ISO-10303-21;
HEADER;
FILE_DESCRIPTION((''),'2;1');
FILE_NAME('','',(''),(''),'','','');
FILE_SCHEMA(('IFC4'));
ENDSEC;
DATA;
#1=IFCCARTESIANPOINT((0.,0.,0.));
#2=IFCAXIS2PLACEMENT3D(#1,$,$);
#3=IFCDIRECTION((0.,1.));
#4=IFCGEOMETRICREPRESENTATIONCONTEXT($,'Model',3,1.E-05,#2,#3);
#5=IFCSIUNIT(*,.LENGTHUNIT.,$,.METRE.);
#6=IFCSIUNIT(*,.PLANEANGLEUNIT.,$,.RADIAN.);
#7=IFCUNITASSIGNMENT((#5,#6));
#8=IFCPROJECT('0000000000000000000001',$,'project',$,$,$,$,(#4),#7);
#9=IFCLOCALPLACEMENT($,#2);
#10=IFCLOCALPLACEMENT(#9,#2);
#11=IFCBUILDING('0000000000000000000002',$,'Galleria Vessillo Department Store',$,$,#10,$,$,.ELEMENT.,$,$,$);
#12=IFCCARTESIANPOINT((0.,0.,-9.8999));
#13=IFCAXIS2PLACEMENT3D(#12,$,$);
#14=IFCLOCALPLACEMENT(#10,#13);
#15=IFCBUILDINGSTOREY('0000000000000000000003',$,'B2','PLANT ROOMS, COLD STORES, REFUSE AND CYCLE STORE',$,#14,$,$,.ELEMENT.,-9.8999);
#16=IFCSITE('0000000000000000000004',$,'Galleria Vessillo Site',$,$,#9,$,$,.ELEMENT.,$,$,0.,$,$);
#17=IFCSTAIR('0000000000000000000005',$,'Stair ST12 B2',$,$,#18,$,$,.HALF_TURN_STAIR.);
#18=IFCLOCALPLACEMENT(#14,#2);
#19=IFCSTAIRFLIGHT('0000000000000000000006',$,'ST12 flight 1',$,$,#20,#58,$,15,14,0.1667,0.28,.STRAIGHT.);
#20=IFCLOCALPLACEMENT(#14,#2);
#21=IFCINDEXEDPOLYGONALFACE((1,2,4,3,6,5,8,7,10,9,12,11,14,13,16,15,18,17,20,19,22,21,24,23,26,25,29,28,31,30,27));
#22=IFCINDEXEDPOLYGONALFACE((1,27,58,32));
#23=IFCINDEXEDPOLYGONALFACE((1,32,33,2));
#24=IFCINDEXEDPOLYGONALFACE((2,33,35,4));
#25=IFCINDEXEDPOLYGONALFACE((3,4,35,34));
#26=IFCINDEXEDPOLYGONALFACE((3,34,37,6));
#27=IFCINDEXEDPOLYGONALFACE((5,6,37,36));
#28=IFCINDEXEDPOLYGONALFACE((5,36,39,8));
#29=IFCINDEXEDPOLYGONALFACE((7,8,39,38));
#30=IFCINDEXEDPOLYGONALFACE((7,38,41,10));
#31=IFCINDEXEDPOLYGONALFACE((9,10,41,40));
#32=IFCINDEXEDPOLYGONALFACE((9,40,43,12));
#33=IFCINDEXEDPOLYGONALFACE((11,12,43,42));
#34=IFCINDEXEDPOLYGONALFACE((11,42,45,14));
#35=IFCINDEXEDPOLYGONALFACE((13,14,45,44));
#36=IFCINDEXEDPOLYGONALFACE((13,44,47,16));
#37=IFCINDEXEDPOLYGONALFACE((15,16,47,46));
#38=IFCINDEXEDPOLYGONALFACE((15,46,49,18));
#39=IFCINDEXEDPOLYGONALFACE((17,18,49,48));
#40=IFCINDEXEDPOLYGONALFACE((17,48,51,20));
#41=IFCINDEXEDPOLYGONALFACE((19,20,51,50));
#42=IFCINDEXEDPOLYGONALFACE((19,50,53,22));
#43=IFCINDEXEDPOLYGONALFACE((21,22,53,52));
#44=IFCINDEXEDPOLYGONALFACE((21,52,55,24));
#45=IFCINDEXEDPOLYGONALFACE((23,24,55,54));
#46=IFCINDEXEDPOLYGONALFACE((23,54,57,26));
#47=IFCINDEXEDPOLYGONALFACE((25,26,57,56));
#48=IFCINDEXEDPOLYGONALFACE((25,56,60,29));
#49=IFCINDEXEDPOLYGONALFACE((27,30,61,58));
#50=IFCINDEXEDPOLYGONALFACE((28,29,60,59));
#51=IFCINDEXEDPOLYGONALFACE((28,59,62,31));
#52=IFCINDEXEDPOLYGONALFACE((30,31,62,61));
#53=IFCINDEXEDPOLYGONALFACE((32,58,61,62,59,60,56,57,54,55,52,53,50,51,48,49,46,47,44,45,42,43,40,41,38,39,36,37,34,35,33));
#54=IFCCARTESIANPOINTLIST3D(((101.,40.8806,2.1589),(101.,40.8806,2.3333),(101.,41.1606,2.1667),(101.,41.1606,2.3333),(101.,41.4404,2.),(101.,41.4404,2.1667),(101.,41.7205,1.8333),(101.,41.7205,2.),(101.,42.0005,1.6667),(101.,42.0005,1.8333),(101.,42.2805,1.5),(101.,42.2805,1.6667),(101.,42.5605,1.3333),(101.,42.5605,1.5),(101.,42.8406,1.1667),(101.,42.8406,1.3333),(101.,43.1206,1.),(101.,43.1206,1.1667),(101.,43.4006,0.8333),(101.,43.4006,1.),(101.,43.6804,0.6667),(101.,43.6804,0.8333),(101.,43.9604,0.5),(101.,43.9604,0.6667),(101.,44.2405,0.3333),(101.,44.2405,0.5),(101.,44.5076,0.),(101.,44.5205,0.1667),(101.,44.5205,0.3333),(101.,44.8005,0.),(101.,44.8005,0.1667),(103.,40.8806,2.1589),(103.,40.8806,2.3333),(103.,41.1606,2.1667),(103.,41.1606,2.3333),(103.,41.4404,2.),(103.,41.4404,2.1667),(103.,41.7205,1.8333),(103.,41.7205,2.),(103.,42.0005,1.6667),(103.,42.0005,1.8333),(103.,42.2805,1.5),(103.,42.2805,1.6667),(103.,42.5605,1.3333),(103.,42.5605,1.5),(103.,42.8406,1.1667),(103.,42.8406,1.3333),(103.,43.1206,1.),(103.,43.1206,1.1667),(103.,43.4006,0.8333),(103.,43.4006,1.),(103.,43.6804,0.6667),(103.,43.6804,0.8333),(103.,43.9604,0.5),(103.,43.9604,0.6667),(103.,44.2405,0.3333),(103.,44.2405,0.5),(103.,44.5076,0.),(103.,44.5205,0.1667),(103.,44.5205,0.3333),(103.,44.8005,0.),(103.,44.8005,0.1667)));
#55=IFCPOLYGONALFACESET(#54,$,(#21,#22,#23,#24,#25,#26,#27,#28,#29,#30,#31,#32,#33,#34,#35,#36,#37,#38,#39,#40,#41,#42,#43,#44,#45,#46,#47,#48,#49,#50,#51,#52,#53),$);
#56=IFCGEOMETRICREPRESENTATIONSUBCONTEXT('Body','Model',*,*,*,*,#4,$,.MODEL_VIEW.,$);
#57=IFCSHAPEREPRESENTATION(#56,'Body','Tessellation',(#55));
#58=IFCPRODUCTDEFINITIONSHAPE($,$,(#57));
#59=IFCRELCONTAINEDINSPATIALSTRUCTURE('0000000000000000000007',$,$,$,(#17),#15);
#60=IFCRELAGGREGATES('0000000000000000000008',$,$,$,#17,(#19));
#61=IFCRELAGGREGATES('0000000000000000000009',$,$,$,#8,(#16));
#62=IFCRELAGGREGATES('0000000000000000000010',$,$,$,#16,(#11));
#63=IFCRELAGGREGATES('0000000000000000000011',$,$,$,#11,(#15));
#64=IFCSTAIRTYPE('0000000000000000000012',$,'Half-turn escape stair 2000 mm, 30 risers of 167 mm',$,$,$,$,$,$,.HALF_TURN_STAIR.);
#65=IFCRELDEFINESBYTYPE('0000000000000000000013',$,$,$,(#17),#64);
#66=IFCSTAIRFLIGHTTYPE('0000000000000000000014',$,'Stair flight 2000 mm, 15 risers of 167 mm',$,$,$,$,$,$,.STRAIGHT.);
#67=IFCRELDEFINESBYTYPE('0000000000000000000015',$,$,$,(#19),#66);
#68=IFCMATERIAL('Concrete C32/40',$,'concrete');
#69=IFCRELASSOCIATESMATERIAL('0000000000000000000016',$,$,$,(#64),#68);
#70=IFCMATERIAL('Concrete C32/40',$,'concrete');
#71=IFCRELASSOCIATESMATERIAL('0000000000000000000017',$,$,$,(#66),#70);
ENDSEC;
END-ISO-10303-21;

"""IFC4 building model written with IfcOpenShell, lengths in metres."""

from ifc_helpers import new_model, si_unit, direction, frame, origin, place, context, subcontext, project, spatial, polyline, outline, extrude, material, type_object, element, aggregate, save


model = new_model("IFC4")

# Units and contexts
model_context = context("Model", 3, precision=1e-05, world=origin(), true_north=direction((0.0, 1.0)))
body_context = subcontext(model_context, "Body", "Model", "MODEL_VIEW")
ifc_project = project(units=[si_unit("LENGTHUNIT", "METRE"), si_unit("PLANEANGLEUNIT", "RADIAN")], contexts=[model_context])

# Site, building, storey
site_placement = place(None, origin())
site = spatial("IfcSite", under=ifc_project, at=site_placement, Name="Galleria Vessillo Site", CompositionType="ELEMENT", RefElevation=0.0)
building_placement = place(site_placement, origin())
building = spatial("IfcBuilding", under=site, at=building_placement, Name="Galleria Vessillo Department Store", CompositionType="ELEMENT")
storey_placement = place(building_placement, frame((0.0, 0.0, -9.8999)))
storey = spatial("IfcBuildingStorey", under=building, at=storey_placement, Name="B2", Description="PLANT ROOMS, COLD STORES, REFUSE AND CYCLE STORE", CompositionType="ELEMENT", Elevation=-9.8999)

# Stair, stair flight
ifc_material_1 = material(Name="Concrete C32/40", Category="concrete")
stair_type = type_object("IfcStairType", Name="Half-turn escape stair 2000 mm, 30 risers of 167 mm", PredefinedType="HALF_TURN_STAIR", material=ifc_material_1)
stair_placement = place(storey_placement, origin())
stair = element("IfcStair", 1, at=stair_placement, inside=storey, type_object=stair_type, Name="Stair ST12 B2", PredefinedType="HALF_TURN_STAIR")
ifc_material_2 = material(Name="Concrete C32/40", Category="concrete")
stair_flight_type = type_object("IfcStairFlightType", Name="Stair flight 2000 mm, 15 risers of 167 mm", PredefinedType="STRAIGHT", material=ifc_material_2)
stair_flight_placement = place(storey_placement, frame((102.0, 44.8005, 0.0), z_axis=(0.0, 0.0, 1.0), x_axis=(0.0, -1.0, 0.0)))
stair_flight = element("IfcStairFlight", 2, at=stair_flight_placement, type_object=stair_flight_type, Name="ST12 flight 1", NumberOfRisers=15, NumberOfTreads=14, PredefinedType="STRAIGHT", RiserHeight=0.1667, TreadLength=0.28, context=body_context, shape_type="SweptSolid", body=[
    extrude(outline(polyline([(0.0, 0.0), (0.0, 0.1667), (0.28, 0.1667), (0.28, 0.3333), (0.5601, 0.3333), (0.5601, 0.5), (0.8401, 0.5), (0.8401, 0.6667), (1.1201, 0.6667), (1.1201, 0.8333), (1.3999, 0.8333), (1.3999, 1.0), (1.6799, 1.0), (1.6799, 1.1667), (1.96, 1.1667), (1.96, 1.3333), (2.24, 1.3333), (2.24, 1.5), (2.52, 1.5), (2.52, 1.6667), (2.8, 1.6667), (2.8, 1.8333), (3.0801, 1.8333), (3.0801, 2.0), (3.3601, 2.0), (3.3601, 2.1667), (3.6399, 2.1667), (3.6399, 2.3333), (3.9199, 2.3333), (3.9199, 2.5), (3.9199, 2.1589), (0.293, 0.0), (0.0, 0.0)])), frame((0.0, 1.0, 0.0), z_axis=(0.0, -1.0, 0.0), x_axis=(1.0, 0.0, 0.0)), (0.0, 0.0, 1.0), 2.0),
])
aggregate(stair, [stair_flight])

save(model, "model.ifc")
